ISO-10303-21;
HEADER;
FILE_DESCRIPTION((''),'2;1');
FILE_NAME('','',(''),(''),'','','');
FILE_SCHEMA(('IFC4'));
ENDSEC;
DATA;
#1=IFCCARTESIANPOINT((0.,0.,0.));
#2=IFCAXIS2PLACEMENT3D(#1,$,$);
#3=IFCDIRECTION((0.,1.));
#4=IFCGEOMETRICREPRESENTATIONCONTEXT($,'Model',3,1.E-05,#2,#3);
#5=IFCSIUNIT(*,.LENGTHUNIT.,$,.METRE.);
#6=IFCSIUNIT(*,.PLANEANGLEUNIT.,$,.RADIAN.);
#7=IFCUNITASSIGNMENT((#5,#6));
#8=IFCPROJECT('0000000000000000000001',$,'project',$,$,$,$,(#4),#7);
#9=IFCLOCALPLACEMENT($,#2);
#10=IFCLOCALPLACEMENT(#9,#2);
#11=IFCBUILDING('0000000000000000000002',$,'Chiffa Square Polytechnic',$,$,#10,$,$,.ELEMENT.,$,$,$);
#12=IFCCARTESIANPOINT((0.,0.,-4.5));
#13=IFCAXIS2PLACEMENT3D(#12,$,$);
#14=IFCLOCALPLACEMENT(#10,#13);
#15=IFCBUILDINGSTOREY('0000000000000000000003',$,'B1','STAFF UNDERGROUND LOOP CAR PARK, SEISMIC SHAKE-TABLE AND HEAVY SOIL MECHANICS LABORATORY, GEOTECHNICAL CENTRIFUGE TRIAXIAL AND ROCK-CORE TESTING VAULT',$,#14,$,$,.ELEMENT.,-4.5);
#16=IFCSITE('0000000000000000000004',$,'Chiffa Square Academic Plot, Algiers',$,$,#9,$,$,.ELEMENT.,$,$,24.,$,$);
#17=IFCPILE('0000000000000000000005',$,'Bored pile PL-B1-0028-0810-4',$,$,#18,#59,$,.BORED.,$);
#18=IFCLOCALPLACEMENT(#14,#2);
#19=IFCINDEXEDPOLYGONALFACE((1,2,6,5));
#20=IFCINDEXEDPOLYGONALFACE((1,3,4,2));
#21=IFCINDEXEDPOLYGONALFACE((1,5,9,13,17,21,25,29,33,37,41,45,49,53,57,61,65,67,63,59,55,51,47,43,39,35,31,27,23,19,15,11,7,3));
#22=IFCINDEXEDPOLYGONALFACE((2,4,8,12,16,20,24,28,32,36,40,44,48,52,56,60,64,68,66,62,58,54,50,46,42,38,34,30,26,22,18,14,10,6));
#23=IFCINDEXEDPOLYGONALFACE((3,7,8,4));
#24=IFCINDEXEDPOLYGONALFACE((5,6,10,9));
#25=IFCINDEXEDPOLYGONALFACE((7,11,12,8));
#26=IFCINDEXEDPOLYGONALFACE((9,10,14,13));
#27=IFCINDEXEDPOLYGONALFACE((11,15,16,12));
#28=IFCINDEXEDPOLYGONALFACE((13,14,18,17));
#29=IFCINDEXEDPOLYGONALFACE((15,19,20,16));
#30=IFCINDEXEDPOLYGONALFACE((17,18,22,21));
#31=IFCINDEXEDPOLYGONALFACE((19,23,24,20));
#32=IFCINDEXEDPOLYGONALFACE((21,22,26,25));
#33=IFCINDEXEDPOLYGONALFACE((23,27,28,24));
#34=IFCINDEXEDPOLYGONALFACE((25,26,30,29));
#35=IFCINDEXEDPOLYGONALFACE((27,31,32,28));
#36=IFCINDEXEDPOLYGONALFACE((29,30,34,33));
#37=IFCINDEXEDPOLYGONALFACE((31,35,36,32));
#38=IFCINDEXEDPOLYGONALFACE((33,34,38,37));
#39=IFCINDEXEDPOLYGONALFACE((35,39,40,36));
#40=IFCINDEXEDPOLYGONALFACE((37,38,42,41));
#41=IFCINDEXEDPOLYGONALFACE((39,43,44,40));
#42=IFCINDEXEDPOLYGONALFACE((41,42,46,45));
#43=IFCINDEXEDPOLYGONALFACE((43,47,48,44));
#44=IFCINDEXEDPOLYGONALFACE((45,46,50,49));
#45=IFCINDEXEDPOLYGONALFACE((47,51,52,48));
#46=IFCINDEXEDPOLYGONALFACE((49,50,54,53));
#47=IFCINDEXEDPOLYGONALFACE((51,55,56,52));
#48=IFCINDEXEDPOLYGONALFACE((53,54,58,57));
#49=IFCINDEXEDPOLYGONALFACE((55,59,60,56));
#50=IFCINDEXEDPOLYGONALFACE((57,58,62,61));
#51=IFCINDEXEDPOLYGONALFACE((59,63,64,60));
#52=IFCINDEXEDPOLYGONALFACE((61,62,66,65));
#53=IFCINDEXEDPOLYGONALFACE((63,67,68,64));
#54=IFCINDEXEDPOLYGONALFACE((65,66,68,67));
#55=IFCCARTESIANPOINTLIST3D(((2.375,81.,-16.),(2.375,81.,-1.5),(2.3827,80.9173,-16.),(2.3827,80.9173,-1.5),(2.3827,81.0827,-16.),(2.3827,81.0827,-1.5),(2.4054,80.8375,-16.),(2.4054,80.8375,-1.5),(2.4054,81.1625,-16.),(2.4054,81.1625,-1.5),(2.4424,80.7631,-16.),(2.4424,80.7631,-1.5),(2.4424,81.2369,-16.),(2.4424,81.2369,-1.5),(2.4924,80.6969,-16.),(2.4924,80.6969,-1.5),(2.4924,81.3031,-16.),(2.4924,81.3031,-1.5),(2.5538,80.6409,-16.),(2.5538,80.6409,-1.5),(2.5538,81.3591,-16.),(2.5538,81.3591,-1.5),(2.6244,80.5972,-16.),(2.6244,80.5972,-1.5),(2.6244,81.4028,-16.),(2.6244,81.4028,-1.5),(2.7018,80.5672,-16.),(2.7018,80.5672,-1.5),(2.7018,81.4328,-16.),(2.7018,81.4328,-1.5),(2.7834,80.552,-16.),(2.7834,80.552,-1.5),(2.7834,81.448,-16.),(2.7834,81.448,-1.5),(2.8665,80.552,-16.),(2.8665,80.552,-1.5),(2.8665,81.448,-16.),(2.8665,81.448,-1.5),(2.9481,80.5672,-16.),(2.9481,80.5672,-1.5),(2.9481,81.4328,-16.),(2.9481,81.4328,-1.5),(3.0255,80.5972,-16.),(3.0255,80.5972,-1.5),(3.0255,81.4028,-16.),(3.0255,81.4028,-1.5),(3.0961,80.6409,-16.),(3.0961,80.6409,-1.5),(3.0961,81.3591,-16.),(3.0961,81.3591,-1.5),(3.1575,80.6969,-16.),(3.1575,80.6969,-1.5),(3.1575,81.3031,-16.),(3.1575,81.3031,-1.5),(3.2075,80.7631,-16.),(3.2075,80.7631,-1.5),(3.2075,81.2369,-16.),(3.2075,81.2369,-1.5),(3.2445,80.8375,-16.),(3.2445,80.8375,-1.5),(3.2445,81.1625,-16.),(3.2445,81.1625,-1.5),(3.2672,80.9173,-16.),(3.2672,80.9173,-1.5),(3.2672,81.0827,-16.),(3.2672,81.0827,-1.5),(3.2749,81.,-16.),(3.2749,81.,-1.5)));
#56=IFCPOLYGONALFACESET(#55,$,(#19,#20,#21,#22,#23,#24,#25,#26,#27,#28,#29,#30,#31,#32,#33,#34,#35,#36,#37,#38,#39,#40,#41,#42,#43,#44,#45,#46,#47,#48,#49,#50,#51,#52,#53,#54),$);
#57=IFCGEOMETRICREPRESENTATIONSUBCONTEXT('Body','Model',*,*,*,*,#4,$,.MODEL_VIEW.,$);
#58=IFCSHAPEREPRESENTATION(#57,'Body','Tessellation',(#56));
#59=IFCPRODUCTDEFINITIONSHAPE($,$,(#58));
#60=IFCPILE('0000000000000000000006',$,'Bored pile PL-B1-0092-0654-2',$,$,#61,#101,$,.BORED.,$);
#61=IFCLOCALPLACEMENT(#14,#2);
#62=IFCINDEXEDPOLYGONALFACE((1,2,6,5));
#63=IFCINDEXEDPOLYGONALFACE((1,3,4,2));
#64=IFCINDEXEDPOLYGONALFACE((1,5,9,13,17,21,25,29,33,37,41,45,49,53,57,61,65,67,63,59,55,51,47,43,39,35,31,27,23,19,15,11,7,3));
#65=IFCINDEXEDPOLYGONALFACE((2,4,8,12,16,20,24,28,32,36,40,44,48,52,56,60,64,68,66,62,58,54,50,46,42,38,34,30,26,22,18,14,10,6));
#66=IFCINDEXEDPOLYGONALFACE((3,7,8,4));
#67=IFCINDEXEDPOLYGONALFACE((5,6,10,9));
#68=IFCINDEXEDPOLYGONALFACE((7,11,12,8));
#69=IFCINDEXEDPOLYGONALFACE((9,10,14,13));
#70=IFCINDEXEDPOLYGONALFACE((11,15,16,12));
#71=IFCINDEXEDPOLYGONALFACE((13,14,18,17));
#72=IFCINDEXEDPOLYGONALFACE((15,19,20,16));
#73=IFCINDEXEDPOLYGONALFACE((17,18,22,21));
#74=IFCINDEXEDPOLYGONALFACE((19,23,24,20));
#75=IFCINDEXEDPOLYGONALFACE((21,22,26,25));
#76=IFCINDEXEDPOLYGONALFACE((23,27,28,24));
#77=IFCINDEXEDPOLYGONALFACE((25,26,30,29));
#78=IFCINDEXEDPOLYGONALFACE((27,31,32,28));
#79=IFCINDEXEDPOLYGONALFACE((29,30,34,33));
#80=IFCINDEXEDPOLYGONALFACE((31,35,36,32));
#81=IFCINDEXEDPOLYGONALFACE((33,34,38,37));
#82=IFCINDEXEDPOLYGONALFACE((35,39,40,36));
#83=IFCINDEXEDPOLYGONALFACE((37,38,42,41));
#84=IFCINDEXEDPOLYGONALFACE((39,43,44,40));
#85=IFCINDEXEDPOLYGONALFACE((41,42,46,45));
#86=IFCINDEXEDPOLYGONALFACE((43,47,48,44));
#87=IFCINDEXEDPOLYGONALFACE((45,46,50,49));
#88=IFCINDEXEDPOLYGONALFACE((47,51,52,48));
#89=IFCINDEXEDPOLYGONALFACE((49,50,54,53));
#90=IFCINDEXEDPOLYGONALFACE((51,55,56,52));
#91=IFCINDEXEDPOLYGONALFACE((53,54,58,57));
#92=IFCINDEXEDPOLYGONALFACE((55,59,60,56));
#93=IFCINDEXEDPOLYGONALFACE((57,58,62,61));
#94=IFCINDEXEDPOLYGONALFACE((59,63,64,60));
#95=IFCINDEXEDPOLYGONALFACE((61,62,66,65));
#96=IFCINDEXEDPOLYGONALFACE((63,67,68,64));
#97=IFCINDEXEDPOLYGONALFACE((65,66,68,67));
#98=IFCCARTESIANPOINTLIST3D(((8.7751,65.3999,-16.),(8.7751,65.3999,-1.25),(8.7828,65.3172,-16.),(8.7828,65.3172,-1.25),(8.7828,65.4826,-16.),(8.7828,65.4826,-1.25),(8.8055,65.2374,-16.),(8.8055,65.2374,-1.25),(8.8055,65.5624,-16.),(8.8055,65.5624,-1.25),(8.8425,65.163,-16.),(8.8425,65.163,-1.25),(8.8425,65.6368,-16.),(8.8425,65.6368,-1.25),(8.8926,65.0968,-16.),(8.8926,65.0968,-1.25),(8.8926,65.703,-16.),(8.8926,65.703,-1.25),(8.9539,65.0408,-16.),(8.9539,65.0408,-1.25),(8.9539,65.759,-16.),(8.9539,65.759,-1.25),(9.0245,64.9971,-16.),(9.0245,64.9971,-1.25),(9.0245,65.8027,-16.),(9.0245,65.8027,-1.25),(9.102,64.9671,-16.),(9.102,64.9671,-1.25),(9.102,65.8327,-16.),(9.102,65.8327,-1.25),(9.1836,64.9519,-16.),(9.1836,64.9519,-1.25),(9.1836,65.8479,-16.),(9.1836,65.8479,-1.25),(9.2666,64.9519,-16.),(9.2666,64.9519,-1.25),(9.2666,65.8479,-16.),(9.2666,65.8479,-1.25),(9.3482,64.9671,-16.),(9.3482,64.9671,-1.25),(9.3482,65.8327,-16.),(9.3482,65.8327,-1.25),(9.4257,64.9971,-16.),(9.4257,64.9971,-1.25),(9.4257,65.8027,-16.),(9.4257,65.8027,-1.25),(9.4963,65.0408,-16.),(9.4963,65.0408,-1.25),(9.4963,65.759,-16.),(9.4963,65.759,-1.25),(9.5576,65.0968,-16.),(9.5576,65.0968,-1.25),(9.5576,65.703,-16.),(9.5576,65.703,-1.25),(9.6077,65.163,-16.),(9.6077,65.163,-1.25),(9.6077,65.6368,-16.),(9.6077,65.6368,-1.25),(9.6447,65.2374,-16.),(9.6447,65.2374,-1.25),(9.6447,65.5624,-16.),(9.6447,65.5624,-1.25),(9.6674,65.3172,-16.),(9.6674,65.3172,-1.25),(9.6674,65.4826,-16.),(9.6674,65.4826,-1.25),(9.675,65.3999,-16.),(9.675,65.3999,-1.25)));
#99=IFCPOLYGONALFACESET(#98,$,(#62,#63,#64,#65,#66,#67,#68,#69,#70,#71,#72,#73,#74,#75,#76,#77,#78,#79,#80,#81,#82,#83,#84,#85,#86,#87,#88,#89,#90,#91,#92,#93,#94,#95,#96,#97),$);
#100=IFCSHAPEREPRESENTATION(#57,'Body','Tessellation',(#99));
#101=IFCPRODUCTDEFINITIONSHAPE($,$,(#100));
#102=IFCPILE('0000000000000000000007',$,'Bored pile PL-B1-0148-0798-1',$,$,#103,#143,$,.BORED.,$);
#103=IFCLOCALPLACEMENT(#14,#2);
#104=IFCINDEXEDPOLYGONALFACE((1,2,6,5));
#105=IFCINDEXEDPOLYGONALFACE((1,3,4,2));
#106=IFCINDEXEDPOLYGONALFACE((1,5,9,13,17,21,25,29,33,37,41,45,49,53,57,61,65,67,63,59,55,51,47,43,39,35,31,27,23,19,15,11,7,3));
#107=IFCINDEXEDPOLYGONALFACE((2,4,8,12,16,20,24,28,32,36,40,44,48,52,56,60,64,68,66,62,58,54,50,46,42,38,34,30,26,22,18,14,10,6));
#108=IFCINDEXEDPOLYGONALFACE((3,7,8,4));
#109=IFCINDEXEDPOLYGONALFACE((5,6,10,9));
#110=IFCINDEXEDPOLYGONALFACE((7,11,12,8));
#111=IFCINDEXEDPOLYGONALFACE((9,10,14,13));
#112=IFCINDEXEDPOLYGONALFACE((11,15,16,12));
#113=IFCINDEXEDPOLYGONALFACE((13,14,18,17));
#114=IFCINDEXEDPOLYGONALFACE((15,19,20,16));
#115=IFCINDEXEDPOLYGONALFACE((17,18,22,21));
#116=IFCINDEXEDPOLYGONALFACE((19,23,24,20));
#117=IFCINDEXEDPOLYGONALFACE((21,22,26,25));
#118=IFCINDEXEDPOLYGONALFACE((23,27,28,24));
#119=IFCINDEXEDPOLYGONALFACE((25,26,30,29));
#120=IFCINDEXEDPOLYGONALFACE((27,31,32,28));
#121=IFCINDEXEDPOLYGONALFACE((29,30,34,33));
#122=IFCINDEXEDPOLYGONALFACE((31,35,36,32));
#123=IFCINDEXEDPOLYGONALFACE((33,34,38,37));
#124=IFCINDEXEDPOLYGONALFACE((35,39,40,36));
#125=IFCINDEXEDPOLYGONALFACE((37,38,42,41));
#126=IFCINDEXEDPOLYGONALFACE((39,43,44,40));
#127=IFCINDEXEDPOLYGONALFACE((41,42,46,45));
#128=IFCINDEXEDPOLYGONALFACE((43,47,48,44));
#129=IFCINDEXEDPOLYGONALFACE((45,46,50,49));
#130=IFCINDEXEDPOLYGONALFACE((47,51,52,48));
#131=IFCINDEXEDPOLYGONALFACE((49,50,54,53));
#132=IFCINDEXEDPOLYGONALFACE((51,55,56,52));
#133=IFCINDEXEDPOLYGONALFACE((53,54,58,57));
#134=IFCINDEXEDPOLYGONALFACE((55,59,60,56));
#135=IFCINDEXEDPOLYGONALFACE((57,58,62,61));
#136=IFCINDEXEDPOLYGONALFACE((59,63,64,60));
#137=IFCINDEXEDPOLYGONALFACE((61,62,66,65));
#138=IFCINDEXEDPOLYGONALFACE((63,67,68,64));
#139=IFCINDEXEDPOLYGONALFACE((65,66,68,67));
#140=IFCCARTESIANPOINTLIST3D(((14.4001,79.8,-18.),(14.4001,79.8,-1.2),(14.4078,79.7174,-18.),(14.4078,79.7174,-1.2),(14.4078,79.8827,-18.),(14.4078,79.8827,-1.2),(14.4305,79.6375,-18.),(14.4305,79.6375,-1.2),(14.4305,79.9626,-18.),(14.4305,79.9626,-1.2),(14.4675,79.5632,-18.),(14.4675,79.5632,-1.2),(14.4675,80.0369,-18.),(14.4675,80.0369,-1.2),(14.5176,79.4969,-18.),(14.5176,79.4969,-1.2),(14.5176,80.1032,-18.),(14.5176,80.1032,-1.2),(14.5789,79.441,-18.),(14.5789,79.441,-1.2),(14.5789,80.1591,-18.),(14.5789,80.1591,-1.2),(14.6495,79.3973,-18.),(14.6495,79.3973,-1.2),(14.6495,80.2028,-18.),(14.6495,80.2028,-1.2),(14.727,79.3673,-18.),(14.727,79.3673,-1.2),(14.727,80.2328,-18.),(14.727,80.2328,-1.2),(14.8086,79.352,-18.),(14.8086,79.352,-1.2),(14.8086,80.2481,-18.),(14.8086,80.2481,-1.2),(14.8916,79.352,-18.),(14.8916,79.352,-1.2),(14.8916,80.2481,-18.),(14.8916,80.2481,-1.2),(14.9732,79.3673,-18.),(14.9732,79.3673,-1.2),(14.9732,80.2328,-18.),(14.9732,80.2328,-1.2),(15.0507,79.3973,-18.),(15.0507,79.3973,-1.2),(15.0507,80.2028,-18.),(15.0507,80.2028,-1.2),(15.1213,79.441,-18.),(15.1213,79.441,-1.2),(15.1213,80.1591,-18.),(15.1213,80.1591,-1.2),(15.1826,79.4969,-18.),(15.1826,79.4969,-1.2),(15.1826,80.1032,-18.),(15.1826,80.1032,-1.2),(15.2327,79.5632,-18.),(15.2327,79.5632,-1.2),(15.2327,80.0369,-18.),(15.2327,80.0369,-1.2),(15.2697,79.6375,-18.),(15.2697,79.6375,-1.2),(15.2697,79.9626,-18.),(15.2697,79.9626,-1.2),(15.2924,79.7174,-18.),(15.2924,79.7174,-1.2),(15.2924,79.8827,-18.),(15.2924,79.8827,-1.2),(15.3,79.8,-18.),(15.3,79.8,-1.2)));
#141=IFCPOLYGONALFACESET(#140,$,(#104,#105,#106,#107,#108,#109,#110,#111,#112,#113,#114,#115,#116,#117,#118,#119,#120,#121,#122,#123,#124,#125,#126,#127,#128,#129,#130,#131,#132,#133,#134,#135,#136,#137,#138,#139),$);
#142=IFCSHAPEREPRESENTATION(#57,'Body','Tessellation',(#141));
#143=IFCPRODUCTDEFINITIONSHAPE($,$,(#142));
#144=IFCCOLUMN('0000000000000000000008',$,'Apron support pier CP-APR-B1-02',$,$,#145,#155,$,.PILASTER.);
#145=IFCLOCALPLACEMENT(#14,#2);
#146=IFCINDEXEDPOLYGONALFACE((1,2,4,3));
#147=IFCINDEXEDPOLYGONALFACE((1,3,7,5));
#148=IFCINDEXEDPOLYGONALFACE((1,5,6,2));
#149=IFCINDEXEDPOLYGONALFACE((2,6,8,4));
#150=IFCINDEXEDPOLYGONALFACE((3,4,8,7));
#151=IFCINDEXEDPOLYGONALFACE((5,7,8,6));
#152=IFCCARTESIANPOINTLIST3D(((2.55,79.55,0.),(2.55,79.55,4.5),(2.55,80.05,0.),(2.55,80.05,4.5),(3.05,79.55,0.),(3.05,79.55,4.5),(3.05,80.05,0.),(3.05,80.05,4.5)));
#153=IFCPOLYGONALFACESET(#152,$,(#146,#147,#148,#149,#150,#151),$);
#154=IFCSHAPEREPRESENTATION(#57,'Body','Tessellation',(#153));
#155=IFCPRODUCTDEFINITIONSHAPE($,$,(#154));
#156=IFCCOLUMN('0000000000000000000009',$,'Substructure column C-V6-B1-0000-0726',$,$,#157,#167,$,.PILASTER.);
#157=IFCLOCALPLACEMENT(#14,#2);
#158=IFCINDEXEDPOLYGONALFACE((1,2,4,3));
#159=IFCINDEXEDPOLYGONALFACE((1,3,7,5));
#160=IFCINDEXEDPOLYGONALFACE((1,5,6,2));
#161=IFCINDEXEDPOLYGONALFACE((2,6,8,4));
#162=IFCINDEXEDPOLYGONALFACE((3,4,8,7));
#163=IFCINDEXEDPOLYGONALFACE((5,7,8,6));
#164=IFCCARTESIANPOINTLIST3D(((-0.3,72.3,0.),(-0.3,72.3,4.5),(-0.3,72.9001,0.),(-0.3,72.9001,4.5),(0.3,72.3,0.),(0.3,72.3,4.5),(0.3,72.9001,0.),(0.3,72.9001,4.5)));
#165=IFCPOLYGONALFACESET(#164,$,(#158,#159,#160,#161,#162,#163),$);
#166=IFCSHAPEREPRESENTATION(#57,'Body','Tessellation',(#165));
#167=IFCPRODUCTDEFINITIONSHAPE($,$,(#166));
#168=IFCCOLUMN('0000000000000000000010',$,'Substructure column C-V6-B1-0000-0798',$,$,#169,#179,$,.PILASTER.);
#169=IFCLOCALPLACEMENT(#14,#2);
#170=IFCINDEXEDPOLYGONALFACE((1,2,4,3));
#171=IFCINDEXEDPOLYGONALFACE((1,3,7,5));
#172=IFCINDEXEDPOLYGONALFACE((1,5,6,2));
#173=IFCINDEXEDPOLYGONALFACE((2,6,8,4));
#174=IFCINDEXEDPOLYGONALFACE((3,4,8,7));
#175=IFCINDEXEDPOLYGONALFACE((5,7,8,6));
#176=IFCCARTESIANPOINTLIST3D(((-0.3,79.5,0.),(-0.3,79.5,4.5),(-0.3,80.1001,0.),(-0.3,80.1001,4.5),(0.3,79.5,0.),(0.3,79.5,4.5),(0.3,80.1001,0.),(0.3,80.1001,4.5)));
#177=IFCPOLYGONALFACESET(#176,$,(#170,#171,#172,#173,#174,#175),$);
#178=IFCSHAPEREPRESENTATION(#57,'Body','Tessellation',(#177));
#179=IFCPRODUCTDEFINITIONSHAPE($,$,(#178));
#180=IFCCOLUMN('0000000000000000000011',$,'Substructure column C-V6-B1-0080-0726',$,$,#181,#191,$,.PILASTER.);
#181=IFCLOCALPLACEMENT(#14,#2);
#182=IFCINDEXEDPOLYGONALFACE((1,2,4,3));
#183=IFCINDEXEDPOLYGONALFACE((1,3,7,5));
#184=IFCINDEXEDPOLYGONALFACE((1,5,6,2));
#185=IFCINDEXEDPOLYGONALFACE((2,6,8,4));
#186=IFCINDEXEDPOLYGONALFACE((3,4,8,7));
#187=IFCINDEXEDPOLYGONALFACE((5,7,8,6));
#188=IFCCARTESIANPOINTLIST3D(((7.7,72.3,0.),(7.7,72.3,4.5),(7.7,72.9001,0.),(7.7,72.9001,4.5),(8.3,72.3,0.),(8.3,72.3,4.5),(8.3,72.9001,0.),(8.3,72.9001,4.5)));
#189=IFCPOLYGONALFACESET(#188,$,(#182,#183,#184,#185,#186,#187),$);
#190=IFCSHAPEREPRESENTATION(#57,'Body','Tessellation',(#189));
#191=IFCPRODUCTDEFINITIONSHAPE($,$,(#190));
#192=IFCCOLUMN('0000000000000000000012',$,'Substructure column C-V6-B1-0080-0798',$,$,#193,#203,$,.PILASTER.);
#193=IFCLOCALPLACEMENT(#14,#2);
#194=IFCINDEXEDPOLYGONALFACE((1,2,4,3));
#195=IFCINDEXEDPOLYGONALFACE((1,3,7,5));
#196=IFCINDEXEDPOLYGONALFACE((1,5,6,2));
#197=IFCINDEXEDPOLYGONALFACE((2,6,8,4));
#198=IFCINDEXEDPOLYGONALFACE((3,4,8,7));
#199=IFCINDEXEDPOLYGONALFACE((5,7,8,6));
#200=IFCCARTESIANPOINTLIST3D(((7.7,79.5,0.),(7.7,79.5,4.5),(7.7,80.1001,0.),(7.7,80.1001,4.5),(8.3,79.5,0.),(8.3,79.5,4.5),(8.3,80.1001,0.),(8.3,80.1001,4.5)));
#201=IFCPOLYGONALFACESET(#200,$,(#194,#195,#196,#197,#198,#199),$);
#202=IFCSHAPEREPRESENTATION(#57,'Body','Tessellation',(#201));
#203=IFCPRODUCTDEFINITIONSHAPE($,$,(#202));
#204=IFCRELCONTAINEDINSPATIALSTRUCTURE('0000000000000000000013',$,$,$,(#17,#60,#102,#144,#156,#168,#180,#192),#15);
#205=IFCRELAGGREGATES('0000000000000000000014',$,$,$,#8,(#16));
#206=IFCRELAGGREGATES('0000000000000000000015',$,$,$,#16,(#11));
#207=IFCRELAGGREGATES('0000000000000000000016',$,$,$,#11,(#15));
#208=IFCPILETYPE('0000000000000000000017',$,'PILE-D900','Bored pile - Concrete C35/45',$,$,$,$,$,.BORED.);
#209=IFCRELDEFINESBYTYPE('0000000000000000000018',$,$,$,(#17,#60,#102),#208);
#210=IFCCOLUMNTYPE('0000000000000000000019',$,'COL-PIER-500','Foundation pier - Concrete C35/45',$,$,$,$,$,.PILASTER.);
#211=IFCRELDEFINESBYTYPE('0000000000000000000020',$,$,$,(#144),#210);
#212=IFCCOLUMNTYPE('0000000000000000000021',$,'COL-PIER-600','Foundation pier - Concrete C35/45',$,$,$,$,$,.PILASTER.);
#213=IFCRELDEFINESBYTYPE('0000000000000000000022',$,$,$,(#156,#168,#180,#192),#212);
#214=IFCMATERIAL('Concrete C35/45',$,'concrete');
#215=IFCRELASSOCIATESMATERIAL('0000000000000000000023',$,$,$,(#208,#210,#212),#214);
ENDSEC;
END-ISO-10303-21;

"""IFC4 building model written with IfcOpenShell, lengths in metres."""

from ifc_helpers import new_model, si_unit, direction, frame, origin, origin_2d, place, context, subcontext, project, spatial, rectangle, circle, extrude, material, material_profile, profile_set, type_object, element, save


model = new_model("IFC4")

# Units and contexts
model_context = context("Model", 3, precision=1e-05, world=origin(), true_north=direction((0.0, 1.0)))
body_context = subcontext(model_context, "Body", "Model", "MODEL_VIEW")
ifc_project = project(units=[si_unit("LENGTHUNIT", "METRE"), si_unit("PLANEANGLEUNIT", "RADIAN")], contexts=[model_context])

# Site, building, storey
site_placement = place(None, origin())
site = spatial("IfcSite", under=ifc_project, at=site_placement, Name="Chiffa Square Academic Plot, Algiers", CompositionType="ELEMENT", RefElevation=24.0)
building_placement = place(site_placement, origin())
building = spatial("IfcBuilding", under=site, at=building_placement, Name="Chiffa Square Polytechnic", CompositionType="ELEMENT")
storey_placement = place(building_placement, frame((0.0, 0.0, -4.5)))
storey = spatial("IfcBuildingStorey", under=building, at=storey_placement, Name="B1", Description="STAFF UNDERGROUND LOOP CAR PARK, SEISMIC SHAKE-TABLE AND HEAVY SOIL MECHANICS LABORATORY, GEOTECHNICAL CENTRIFUGE TRIAXIAL AND ROCK-CORE TESTING VAULT", CompositionType="ELEMENT", Elevation=-4.5)

# Shared definitions
ifc_material = material(Name="Concrete C35/45", Category="concrete")

# Piles
ifc_material_profile_1 = material_profile(ifc_material, circle(Radius=0.45, at=origin_2d()), Name="PILE D900")
ifc_profile_set_1 = profile_set([ifc_material_profile_1], Name="Concrete C35/45")
pile_type_1 = type_object("IfcPileType", Name="PILE-D900", Description="Bored pile - Concrete C35/45", PredefinedType="BORED", material=ifc_profile_set_1)
for number, where, z_axis, x_axis, name in (
    (1, (2.825, 81.0, -1.5), (0.0, 0.0, -1.0), (1.0, 0.0, 0.0), "Bored pile PL-B1-0028-0810-4"),
):
    element("IfcPile", number, at=place(storey_placement, frame(where, z_axis=z_axis, x_axis=x_axis)), inside=storey, type_object=pile_type_1, Name=name, PredefinedType="BORED", context=body_context, shape_type="SweptSolid", body=[
        extrude(circle(Radius=0.45, at=origin_2d()), origin(), (0.0, 0.0, 1.0), 14.5),
    ])
pile_1_placement = place(storey_placement, frame((9.2251, 65.3999, -1.25), z_axis=(0.0, 0.0, -1.0), x_axis=(1.0, 0.0, 0.0)))
element("IfcPile", 2, at=pile_1_placement, inside=storey, type_object=pile_type_1, Name="Bored pile PL-B1-0092-0654-2", PredefinedType="BORED", context=body_context, shape_type="SweptSolid", body=[
    extrude(circle(Radius=0.45, at=origin_2d()), origin(), (0.0, 0.0, 1.0), 14.75),
])
pile_2_placement = place(storey_placement, frame((14.8501, 79.8, -1.2), z_axis=(0.0, 0.0, -1.0), x_axis=(1.0, 0.0, 0.0)))
element("IfcPile", 3, at=pile_2_placement, inside=storey, type_object=pile_type_1, Name="Bored pile PL-B1-0148-0798-1", PredefinedType="BORED", context=body_context, shape_type="SweptSolid", body=[
    extrude(circle(Radius=0.45, at=origin_2d()), origin(), (0.0, 0.0, 1.0), 16.8),
])

# Columns
ifc_material_profile_2 = material_profile(ifc_material, rectangle(XDim=0.5, YDim=0.5, at=origin_2d()), Name="RC 500x500")
ifc_profile_set_2 = profile_set([ifc_material_profile_2], Name="Concrete C35/45")
column_type_1 = type_object("IfcColumnType", Name="COL-PIER-500", Description="Foundation pier - Concrete C35/45", PredefinedType="PILASTER", material=ifc_profile_set_2)
column_placement = place(storey_placement, frame((2.8, 79.8, 0.0), z_axis=(0.0, 0.0, 1.0), x_axis=(1.0, 0.0, 0.0)))
element("IfcColumn", 4, at=column_placement, inside=storey, type_object=column_type_1, Name="Apron support pier CP-APR-B1-02", PredefinedType="PILASTER", context=body_context, shape_type="SweptSolid", body=[
    extrude(rectangle(XDim=0.5, YDim=0.5, at=origin_2d()), origin(), (0.0, 0.0, 1.0), 4.5),
])
ifc_material_profile_3 = material_profile(ifc_material, rectangle(XDim=0.6001, YDim=0.6001, at=origin_2d()), Name="RC 600x600")
ifc_profile_set_3 = profile_set([ifc_material_profile_3], Name="Concrete C35/45")
column_type_2 = type_object("IfcColumnType", Name="COL-PIER-600", Description="Foundation pier - Concrete C35/45", PredefinedType="PILASTER", material=ifc_profile_set_3)
for number, where, z_axis, x_axis, name in (
    (5, (0.0, 72.6001, 0.0), (0.0, 0.0, 1.0), (1.0, 0.0, 0.0), "Substructure column C-V6-B1-0000-0726"),
    (6, (0.0, 79.8, 0.0), (0.0, 0.0, 1.0), (1.0, 0.0, 0.0), "Substructure column C-V6-B1-0000-0798"),
    (7, (8.0, 72.6001, 0.0), (0.0, 0.0, 1.0), (1.0, 0.0, 0.0), "Substructure column C-V6-B1-0080-0726"),
    (8, (8.0, 79.8, 0.0), (0.0, 0.0, 1.0), (1.0, 0.0, 0.0), "Substructure column C-V6-B1-0080-0798"),
):
    element("IfcColumn", number, at=place(storey_placement, frame(where, z_axis=z_axis, x_axis=x_axis)), inside=storey, type_object=column_type_2, Name=name, PredefinedType="PILASTER", context=body_context, shape_type="SweptSolid", body=[
        extrude(rectangle(XDim=0.6001, YDim=0.6001, at=origin_2d()), origin(), (0.0, 0.0, 1.0), 4.5),
    ])

save(model, "model.ifc")
